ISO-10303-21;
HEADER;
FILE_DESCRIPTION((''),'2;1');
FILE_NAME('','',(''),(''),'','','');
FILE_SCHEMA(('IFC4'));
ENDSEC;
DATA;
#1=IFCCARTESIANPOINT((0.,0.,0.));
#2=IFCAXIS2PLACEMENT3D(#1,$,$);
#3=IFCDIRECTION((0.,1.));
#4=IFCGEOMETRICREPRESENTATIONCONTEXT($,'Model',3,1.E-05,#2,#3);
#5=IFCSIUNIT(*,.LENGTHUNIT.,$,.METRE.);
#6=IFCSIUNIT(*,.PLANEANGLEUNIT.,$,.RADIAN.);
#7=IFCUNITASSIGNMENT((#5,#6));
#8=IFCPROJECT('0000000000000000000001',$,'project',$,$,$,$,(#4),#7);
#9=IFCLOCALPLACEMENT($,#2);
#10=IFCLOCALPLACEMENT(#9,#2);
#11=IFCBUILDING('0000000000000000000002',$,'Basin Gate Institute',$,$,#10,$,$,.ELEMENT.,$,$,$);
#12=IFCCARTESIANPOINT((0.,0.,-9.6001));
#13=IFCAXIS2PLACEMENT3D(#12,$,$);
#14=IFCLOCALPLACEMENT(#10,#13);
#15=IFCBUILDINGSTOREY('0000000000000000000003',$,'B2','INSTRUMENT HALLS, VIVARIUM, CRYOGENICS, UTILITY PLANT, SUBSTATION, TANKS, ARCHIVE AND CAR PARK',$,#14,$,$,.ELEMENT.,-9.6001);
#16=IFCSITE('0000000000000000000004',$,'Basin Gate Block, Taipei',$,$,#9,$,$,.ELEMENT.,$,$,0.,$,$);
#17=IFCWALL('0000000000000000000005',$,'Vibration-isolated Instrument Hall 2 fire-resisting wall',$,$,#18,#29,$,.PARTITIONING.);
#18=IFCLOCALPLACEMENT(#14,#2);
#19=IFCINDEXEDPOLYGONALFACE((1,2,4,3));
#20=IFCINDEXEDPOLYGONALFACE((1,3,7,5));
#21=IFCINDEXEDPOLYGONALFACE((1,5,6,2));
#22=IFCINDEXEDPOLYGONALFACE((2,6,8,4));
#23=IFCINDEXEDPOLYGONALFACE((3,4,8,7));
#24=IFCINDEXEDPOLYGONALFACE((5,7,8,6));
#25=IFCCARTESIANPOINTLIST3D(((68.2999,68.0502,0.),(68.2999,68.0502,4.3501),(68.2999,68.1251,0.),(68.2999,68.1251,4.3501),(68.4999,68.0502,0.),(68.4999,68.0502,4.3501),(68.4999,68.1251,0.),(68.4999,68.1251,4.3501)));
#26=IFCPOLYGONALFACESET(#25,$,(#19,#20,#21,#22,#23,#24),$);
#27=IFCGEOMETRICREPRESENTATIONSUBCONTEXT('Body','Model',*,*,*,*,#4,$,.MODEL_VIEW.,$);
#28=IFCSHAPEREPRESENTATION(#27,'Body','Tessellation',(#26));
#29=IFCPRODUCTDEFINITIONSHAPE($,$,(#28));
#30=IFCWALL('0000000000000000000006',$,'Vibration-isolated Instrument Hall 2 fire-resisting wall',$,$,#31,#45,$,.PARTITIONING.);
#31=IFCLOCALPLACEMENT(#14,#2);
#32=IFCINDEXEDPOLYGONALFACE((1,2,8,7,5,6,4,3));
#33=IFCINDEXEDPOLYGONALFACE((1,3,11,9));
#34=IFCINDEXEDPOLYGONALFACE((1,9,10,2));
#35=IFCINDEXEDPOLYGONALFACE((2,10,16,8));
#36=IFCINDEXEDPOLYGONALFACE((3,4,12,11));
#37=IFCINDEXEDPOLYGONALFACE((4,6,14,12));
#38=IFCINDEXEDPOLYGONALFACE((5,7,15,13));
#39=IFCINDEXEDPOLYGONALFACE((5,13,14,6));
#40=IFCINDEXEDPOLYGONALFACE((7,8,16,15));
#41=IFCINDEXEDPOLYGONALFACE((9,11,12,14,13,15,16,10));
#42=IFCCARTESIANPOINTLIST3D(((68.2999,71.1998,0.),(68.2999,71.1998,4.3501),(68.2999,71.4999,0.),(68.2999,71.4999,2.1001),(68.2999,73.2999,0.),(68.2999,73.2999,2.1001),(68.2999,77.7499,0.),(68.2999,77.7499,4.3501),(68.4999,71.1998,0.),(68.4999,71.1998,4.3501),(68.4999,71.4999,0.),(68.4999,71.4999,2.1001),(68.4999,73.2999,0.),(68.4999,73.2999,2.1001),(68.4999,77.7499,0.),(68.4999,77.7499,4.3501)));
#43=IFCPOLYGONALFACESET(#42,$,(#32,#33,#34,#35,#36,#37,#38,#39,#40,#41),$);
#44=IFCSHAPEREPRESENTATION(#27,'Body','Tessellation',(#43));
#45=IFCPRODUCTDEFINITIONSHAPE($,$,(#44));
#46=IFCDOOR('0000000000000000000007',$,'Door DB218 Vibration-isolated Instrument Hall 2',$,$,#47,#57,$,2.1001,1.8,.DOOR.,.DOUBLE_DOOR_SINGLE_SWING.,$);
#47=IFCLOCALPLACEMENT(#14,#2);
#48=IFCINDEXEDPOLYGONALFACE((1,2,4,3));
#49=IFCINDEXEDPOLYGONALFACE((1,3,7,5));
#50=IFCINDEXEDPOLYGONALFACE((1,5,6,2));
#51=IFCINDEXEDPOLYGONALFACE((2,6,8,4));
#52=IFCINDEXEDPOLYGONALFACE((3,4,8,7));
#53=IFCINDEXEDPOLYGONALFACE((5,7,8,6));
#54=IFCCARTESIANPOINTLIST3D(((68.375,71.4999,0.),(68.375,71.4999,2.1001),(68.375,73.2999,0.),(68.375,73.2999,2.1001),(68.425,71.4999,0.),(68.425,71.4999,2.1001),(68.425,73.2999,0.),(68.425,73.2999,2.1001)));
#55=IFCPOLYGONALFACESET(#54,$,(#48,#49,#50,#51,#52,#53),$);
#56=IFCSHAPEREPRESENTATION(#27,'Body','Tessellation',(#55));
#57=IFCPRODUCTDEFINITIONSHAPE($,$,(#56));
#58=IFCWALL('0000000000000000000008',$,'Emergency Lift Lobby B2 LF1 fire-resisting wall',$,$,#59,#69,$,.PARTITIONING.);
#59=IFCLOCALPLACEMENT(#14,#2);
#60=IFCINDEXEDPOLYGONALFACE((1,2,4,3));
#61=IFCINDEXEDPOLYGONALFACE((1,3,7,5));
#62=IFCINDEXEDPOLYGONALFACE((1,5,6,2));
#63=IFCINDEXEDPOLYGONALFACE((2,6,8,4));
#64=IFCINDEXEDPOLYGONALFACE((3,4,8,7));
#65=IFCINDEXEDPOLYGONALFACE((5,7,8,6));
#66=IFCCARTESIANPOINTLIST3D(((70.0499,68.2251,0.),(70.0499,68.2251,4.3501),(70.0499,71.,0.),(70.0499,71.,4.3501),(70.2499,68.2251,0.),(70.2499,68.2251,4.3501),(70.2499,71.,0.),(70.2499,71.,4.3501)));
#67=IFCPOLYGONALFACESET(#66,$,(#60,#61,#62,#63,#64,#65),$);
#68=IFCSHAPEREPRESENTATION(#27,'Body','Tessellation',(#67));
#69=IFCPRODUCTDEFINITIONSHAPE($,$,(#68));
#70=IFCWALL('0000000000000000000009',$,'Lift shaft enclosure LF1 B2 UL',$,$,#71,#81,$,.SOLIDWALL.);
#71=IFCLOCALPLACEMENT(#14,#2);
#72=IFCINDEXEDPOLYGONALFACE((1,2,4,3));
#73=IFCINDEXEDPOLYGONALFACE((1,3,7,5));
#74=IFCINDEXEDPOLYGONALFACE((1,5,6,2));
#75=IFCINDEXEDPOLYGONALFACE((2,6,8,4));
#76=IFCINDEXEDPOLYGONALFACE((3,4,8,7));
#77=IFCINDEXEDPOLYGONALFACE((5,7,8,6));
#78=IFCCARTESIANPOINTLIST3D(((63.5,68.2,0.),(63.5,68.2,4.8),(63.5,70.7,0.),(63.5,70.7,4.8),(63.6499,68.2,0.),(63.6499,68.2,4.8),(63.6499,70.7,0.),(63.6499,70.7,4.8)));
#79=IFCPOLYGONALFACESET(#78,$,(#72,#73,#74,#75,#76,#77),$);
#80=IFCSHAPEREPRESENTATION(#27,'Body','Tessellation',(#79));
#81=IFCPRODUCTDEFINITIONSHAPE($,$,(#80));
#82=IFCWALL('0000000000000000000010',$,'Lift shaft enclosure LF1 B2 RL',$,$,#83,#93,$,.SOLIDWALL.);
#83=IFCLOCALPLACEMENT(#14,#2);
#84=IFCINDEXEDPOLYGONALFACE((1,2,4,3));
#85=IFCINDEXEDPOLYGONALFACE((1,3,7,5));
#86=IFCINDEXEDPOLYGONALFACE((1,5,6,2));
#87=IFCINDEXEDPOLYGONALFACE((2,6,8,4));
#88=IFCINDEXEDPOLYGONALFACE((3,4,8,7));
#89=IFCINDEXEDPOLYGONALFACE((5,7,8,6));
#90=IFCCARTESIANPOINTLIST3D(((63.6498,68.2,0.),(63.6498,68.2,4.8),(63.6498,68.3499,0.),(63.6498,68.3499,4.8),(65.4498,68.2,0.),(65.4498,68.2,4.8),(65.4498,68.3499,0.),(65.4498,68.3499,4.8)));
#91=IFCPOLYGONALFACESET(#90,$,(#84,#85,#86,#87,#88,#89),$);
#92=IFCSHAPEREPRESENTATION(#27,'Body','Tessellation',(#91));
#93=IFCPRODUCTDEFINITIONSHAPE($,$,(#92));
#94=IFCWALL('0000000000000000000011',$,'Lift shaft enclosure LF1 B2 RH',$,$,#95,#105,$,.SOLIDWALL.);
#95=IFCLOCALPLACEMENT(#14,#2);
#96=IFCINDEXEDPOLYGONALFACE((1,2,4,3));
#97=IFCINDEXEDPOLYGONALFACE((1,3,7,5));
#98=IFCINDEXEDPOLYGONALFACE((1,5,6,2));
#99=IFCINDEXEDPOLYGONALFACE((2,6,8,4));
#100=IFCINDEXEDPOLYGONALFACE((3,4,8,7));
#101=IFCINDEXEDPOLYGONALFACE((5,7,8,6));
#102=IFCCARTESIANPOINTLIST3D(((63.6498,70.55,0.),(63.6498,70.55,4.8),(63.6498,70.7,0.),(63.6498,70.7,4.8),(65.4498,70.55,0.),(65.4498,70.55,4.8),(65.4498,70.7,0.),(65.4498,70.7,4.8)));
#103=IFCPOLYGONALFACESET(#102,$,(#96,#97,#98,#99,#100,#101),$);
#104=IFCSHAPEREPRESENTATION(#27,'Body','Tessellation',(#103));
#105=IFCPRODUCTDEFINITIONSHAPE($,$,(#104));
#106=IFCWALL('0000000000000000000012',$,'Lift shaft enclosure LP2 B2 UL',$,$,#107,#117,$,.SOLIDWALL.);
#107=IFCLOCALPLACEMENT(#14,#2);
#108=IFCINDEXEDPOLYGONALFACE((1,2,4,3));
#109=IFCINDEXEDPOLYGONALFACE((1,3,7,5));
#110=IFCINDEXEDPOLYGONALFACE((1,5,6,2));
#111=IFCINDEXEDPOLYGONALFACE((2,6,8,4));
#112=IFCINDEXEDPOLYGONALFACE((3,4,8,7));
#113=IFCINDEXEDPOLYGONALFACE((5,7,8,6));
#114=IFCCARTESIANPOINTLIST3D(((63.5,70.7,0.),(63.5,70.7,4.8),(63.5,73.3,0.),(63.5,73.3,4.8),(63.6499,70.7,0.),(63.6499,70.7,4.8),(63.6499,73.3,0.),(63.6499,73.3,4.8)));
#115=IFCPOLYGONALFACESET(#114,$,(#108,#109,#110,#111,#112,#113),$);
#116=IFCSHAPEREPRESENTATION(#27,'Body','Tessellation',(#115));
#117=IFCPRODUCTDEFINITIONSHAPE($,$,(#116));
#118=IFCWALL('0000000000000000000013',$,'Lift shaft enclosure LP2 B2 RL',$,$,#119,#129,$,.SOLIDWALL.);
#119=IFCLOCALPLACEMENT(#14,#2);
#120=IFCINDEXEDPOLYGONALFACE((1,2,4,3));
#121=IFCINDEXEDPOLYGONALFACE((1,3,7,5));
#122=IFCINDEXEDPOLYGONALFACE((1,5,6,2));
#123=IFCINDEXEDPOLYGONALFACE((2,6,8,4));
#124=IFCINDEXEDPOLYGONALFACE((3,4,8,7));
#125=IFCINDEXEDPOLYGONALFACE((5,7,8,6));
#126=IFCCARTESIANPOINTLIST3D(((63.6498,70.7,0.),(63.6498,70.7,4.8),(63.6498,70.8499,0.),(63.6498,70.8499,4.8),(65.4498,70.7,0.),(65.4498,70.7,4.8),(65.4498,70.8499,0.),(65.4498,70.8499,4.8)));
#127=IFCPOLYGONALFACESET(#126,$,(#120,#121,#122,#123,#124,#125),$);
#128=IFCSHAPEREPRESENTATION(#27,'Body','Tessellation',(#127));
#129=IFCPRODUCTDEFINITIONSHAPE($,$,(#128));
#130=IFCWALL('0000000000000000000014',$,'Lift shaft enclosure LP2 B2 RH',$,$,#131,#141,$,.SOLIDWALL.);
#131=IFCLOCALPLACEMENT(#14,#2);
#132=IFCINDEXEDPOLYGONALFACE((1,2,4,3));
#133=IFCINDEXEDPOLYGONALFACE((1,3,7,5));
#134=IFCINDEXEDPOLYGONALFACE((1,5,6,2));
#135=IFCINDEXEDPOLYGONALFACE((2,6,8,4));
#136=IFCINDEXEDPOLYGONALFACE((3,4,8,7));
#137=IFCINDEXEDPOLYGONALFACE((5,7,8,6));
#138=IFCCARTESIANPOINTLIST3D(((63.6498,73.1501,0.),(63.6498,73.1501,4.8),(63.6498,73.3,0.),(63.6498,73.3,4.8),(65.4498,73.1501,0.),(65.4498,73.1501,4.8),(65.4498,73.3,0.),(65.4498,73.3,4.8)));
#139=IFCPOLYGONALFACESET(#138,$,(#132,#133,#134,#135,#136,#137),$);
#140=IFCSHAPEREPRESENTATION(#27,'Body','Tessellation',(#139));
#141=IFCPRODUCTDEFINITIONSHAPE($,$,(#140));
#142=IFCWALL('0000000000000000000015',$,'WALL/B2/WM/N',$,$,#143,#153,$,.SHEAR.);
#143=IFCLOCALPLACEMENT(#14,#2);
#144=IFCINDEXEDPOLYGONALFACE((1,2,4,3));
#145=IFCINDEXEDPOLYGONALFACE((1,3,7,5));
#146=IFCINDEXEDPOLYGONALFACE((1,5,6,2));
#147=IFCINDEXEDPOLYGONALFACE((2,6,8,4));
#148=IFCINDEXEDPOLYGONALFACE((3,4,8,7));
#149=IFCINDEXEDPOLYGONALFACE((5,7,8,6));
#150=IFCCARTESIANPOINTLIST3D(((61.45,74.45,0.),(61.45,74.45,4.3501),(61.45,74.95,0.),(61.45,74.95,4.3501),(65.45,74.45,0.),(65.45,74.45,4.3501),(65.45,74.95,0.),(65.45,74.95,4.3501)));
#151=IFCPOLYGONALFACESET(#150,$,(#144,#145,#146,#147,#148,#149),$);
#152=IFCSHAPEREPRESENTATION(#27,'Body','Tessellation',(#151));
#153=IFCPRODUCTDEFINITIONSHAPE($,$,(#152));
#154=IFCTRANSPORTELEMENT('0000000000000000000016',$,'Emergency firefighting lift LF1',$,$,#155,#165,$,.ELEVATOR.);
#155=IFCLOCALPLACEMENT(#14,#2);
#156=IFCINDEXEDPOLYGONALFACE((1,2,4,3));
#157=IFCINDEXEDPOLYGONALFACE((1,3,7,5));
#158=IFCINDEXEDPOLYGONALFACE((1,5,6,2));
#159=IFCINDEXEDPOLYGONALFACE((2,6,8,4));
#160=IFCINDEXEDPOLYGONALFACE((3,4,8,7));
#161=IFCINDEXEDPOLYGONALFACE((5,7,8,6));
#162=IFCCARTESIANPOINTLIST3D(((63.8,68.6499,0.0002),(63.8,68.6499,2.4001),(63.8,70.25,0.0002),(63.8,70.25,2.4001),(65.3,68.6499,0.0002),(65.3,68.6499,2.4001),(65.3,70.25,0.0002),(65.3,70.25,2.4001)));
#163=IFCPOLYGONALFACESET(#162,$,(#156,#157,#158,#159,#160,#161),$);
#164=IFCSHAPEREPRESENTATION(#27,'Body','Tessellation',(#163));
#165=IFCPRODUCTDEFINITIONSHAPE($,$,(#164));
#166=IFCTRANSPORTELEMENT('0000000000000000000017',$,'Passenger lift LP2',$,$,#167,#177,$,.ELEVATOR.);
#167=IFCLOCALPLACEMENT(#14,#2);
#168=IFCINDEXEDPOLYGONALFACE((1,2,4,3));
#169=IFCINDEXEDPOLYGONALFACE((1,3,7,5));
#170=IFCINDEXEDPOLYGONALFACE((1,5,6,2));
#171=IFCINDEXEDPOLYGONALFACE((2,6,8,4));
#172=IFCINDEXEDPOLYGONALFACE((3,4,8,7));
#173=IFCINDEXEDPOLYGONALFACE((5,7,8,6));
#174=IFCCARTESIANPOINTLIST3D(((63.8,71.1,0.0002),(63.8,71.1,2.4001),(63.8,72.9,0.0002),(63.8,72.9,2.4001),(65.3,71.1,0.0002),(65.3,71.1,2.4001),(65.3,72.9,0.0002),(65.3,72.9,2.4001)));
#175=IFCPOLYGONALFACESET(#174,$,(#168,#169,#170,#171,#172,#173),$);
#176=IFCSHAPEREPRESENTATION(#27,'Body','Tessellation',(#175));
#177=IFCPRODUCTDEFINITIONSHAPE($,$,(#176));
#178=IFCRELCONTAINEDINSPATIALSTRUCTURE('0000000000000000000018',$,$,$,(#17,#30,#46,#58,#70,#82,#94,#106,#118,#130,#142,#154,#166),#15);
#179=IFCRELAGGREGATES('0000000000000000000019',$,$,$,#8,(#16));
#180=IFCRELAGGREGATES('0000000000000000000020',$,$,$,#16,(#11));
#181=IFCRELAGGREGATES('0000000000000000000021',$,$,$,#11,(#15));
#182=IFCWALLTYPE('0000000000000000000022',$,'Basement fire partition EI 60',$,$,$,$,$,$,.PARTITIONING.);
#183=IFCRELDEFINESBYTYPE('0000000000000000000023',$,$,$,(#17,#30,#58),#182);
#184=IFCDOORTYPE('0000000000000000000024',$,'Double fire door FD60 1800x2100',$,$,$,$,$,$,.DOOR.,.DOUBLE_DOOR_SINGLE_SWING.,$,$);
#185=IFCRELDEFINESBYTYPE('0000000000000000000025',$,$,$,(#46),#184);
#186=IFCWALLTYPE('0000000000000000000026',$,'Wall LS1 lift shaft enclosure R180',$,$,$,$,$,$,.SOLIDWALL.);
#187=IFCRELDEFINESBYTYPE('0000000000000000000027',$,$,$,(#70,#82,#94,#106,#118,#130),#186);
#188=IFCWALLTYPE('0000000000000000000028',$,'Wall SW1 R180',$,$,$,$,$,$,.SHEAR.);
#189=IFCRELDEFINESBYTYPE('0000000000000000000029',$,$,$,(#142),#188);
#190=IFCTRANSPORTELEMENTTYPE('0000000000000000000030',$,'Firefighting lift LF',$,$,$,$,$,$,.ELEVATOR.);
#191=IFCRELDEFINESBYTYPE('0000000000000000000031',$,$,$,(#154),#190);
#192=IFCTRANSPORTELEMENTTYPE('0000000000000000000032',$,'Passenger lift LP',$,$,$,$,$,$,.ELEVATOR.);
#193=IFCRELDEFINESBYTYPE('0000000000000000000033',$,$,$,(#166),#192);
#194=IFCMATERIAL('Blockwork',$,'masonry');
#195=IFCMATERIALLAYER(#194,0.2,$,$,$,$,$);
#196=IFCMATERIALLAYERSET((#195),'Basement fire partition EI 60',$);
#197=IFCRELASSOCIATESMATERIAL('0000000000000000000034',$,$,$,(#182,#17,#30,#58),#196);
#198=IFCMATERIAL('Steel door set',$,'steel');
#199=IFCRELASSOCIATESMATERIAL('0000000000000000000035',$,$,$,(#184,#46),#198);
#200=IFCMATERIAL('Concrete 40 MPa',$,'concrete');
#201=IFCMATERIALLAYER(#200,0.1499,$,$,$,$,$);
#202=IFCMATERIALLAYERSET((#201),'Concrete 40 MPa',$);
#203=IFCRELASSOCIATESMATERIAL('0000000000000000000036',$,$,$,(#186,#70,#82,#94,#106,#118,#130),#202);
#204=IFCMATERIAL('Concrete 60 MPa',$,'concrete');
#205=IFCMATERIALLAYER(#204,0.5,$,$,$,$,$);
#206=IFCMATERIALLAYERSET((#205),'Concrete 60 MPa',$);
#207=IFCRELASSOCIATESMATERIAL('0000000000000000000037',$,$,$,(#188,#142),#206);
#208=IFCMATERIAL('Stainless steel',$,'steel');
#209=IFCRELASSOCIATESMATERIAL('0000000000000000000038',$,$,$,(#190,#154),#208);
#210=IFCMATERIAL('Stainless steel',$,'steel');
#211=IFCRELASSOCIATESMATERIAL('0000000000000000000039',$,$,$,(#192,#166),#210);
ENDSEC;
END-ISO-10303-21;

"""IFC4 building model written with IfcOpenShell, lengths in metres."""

from ifc_helpers import new_model, si_unit, direction, frame, frame_2d, origin, origin_2d, place, context, subcontext, project, spatial, rectangle, extrude, material, layer, layer_set, type_object, element, fill, save


model = new_model("IFC4")

# Units and contexts
model_context = context("Model", 3, precision=1e-05, world=origin(), true_north=direction((0.0, 1.0)))
body_context = subcontext(model_context, "Body", "Model", "MODEL_VIEW")
ifc_project = project(units=[si_unit("LENGTHUNIT", "METRE"), si_unit("PLANEANGLEUNIT", "RADIAN")], contexts=[model_context])

# Site, building, storey
site_placement = place(None, origin())
site = spatial("IfcSite", under=ifc_project, at=site_placement, Name="Basin Gate Block, Taipei", CompositionType="ELEMENT", RefElevation=0.0)
building_placement = place(site_placement, origin())
building = spatial("IfcBuilding", under=site, at=building_placement, Name="Basin Gate Institute", CompositionType="ELEMENT")
storey_placement = place(building_placement, frame((0.0, 0.0, -9.6001)))
storey = spatial("IfcBuildingStorey", under=building, at=storey_placement, Name="B2", Description="INSTRUMENT HALLS, VIVARIUM, CRYOGENICS, UTILITY PLANT, SUBSTATION, TANKS, ARCHIVE AND CAR PARK", CompositionType="ELEMENT", Elevation=-9.6001)

# Shared definitions
ifc_material_1 = material(Name="Blockwork", Category="masonry")
ifc_layer_1 = layer(ifc_material_1, 0.2)
ifc_layer_set_1 = layer_set([ifc_layer_1], Name="Basement fire partition EI 60")
wall_type_1 = type_object("IfcWallType", Name="Basement fire partition EI 60", PredefinedType="PARTITIONING", material=ifc_layer_set_1)

# Wall
wall_1_placement = place(storey_placement, frame((68.3999, 68.05, 0.0), z_axis=(0.0, 0.0, 1.0), x_axis=(0.0, 1.0, 0.0)))
element("IfcWall", 1, at=wall_1_placement, inside=storey, type_object=wall_type_1, material=ifc_layer_set_1, Name="Vibration-isolated Instrument Hall 2 fire-resisting wall", PredefinedType="PARTITIONING", context=body_context, shape_type="SweptSolid", body=[
    extrude(rectangle(XDim=0.075, YDim=0.2, at=frame_2d((0.0376, 0.0))), origin(), (0.0, 0.0, 1.0), 4.3501),
])

# Wall, opening, door
wall_2_placement = place(storey_placement, frame((68.3999, 71.2, 0.0), z_axis=(0.0, 0.0, 1.0), x_axis=(0.0, 1.0, 0.0)))
wall_2 = element("IfcWall", 2, at=wall_2_placement, inside=storey, type_object=wall_type_1, material=ifc_layer_set_1, Name="Vibration-isolated Instrument Hall 2 fire-resisting wall", PredefinedType="PARTITIONING", context=body_context, shape_type="SweptSolid", body=[
    extrude(rectangle(XDim=6.55, YDim=0.2, at=frame_2d((3.2749, 0.0))), origin(), (0.0, 0.0, 1.0), 4.3501),
])
opening_1_placement = place(wall_2_placement, frame((0.3, 0.0, 0.0)))
opening_1 = element("IfcOpeningElement", 3, at=opening_1_placement, cuts=wall_2, PredefinedType="OPENING", context=body_context, shape_type="SweptSolid", body=[
    extrude(rectangle(XDim=1.8, YDim=2.1001, at=frame_2d((0.8999, 1.05))), frame((0.0, 0.1099, 0.0), z_axis=(0.0, -1.0, 0.0), x_axis=(1.0, 0.0, 0.0)), (0.0, 0.0, 1.0), 0.22),
])
ifc_material_2 = material(Name="Steel door set", Category="steel")
door_type_1 = type_object("IfcDoorType", Name="Double fire door FD60 1800x2100", OperationType="DOUBLE_DOOR_SINGLE_SWING", PredefinedType="DOOR", material=ifc_material_2)
door_1_placement = place(opening_1_placement, origin())
door_1 = element("IfcDoor", 4, at=door_1_placement, inside=storey, type_object=door_type_1, material=ifc_material_2, Name="Door DB218 Vibration-isolated Instrument Hall 2", OperationType="DOUBLE_DOOR_SINGLE_SWING", OverallHeight=2.1001, OverallWidth=1.8, PredefinedType="DOOR", context=body_context, shape_type="SweptSolid", body=[
    extrude(rectangle(XDim=1.8, YDim=2.1001, at=frame_2d((0.8999, 1.05))), frame((0.0, 0.0249, 0.0), z_axis=(0.0, -1.0, 0.0), x_axis=(1.0, 0.0, 0.0)), (0.0, 0.0, 1.0), 0.05),
])
fill(opening_1, door_1)

# Walls
wall_3_placement = place(storey_placement, frame((70.1499, 68.2251, 0.0), z_axis=(0.0, 0.0, 1.0), x_axis=(0.0, 1.0, 0.0)))
element("IfcWall", 5, at=wall_3_placement, inside=storey, type_object=wall_type_1, material=ifc_layer_set_1, Name="Emergency Lift Lobby B2 LF1 fire-resisting wall", PredefinedType="PARTITIONING", context=body_context, shape_type="SweptSolid", body=[
    extrude(rectangle(XDim=2.7749, YDim=0.2, at=frame_2d((1.3875, 0.0))), origin(), (0.0, 0.0, 1.0), 4.3501),
])
ifc_material_3 = material(Name="Concrete 40 MPa", Category="concrete")
ifc_layer_2 = layer(ifc_material_3, 0.1499)
ifc_layer_set_2 = layer_set([ifc_layer_2], Name="Concrete 40 MPa")
wall_type_2 = type_object("IfcWallType", Name="Wall LS1 lift shaft enclosure R180", PredefinedType="SOLIDWALL", material=ifc_layer_set_2)
wall_4_placement = place(storey_placement, frame((63.575, 68.2, 0.0), z_axis=(0.0, 0.0, 1.0), x_axis=(0.0, 1.0, 0.0)))
element("IfcWall", 6, at=wall_4_placement, inside=storey, type_object=wall_type_2, material=ifc_layer_set_2, Name="Lift shaft enclosure LF1 B2 UL", PredefinedType="SOLIDWALL", context=body_context, shape_type="SweptSolid", body=[
    extrude(rectangle(XDim=2.5, YDim=0.1499, at=frame_2d((1.25, 0.0))), origin(), (0.0, 0.0, 1.0), 4.8),
])
for number, where, z_axis, x_axis, name in (
    (7, (63.6499, 68.2749, 0.0), (0.0, 0.0, 1.0), (1.0, 0.0, 0.0), "Lift shaft enclosure LF1 B2 RL"),
    (8, (63.6499, 70.625, 0.0), (0.0, 0.0, 1.0), (1.0, 0.0, 0.0), "Lift shaft enclosure LF1 B2 RH"),
):
    element("IfcWall", number, at=place(storey_placement, frame(where, z_axis=z_axis, x_axis=x_axis)), inside=storey, type_object=wall_type_2, material=ifc_layer_set_2, Name=name, PredefinedType="SOLIDWALL", context=body_context, shape_type="SweptSolid", body=[
        extrude(rectangle(XDim=1.8, YDim=0.1499, at=frame_2d((0.8999, 0.0))), origin(), (0.0, 0.0, 1.0), 4.8),
    ])
wall_5_placement = place(storey_placement, frame((63.575, 70.7, 0.0), z_axis=(0.0, 0.0, 1.0), x_axis=(0.0, 1.0, 0.0)))
element("IfcWall", 9, at=wall_5_placement, inside=storey, type_object=wall_type_2, material=ifc_layer_set_2, Name="Lift shaft enclosure LP2 B2 UL", PredefinedType="SOLIDWALL", context=body_context, shape_type="SweptSolid", body=[
    extrude(rectangle(XDim=2.6001, YDim=0.1499, at=frame_2d((1.3, 0.0))), origin(), (0.0, 0.0, 1.0), 4.8),
])
for number, where, z_axis, x_axis, name in (
    (10, (63.6499, 70.7749, 0.0), (0.0, 0.0, 1.0), (1.0, 0.0, 0.0), "Lift shaft enclosure LP2 B2 RL"),
    (11, (63.6499, 73.2251, 0.0), (0.0, 0.0, 1.0), (1.0, 0.0, 0.0), "Lift shaft enclosure LP2 B2 RH"),
):
    element("IfcWall", number, at=place(storey_placement, frame(where, z_axis=z_axis, x_axis=x_axis)), inside=storey, type_object=wall_type_2, material=ifc_layer_set_2, Name=name, PredefinedType="SOLIDWALL", context=body_context, shape_type="SweptSolid", body=[
        extrude(rectangle(XDim=1.8, YDim=0.1499, at=frame_2d((0.8999, 0.0))), origin(), (0.0, 0.0, 1.0), 4.8),
    ])
ifc_material_4 = material(Name="Concrete 60 MPa", Category="concrete")
ifc_layer_3 = layer(ifc_material_4, 0.5)
ifc_layer_set_3 = layer_set([ifc_layer_3], Name="Concrete 60 MPa")
wall_type_3 = type_object("IfcWallType", Name="Wall SW1 R180", PredefinedType="SHEAR", material=ifc_layer_set_3)
wall_6_placement = place(storey_placement, frame((61.45, 74.7, 0.0), z_axis=(0.0, 0.0, 1.0), x_axis=(1.0, 0.0, 0.0)))
element("IfcWall", 12, at=wall_6_placement, inside=storey, type_object=wall_type_3, material=ifc_layer_set_3, Name="WALL/B2/WM/N", PredefinedType="SHEAR", context=body_context, shape_type="SweptSolid", body=[
    extrude(rectangle(XDim=4.0, YDim=0.5, at=frame_2d((2.0, 0.0))), origin(), (0.0, 0.0, 1.0), 4.3501),
])

# Transport elements
ifc_material_5 = material(Name="Stainless steel", Category="steel")
transport_element_type_1 = type_object("IfcTransportElementType", Name="Firefighting lift LF", PredefinedType="ELEVATOR", material=ifc_material_5)
transport_element_1_placement = place(storey_placement, frame((64.55, 69.45, 0.0002), z_axis=(0.0, 0.0, 1.0), x_axis=(1.0, 0.0, 0.0)))
element("IfcTransportElement", 13, at=transport_element_1_placement, inside=storey, type_object=transport_element_type_1, material=ifc_material_5, Name="Emergency firefighting lift LF1", PredefinedType="ELEVATOR", context=body_context, shape_type="SweptSolid", body=[
    extrude(rectangle(XDim=1.5, YDim=1.6001, at=origin_2d()), origin(), (0.0, 0.0, 1.0), 2.3999),
])
ifc_material_6 = material(Name="Stainless steel", Category="steel")
transport_element_type_2 = type_object("IfcTransportElementType", Name="Passenger lift LP", PredefinedType="ELEVATOR", material=ifc_material_6)
transport_element_2_placement = place(storey_placement, frame((64.55, 72.0, 0.0002), z_axis=(0.0, 0.0, 1.0), x_axis=(1.0, 0.0, 0.0)))
element("IfcTransportElement", 14, at=transport_element_2_placement, inside=storey, type_object=transport_element_type_2, material=ifc_material_6, Name="Passenger lift LP2", PredefinedType="ELEVATOR", context=body_context, shape_type="SweptSolid", body=[
    extrude(rectangle(XDim=1.5, YDim=1.8, at=origin_2d()), origin(), (0.0, 0.0, 1.0), 2.3999),
])

save(model, "model.ifc")
